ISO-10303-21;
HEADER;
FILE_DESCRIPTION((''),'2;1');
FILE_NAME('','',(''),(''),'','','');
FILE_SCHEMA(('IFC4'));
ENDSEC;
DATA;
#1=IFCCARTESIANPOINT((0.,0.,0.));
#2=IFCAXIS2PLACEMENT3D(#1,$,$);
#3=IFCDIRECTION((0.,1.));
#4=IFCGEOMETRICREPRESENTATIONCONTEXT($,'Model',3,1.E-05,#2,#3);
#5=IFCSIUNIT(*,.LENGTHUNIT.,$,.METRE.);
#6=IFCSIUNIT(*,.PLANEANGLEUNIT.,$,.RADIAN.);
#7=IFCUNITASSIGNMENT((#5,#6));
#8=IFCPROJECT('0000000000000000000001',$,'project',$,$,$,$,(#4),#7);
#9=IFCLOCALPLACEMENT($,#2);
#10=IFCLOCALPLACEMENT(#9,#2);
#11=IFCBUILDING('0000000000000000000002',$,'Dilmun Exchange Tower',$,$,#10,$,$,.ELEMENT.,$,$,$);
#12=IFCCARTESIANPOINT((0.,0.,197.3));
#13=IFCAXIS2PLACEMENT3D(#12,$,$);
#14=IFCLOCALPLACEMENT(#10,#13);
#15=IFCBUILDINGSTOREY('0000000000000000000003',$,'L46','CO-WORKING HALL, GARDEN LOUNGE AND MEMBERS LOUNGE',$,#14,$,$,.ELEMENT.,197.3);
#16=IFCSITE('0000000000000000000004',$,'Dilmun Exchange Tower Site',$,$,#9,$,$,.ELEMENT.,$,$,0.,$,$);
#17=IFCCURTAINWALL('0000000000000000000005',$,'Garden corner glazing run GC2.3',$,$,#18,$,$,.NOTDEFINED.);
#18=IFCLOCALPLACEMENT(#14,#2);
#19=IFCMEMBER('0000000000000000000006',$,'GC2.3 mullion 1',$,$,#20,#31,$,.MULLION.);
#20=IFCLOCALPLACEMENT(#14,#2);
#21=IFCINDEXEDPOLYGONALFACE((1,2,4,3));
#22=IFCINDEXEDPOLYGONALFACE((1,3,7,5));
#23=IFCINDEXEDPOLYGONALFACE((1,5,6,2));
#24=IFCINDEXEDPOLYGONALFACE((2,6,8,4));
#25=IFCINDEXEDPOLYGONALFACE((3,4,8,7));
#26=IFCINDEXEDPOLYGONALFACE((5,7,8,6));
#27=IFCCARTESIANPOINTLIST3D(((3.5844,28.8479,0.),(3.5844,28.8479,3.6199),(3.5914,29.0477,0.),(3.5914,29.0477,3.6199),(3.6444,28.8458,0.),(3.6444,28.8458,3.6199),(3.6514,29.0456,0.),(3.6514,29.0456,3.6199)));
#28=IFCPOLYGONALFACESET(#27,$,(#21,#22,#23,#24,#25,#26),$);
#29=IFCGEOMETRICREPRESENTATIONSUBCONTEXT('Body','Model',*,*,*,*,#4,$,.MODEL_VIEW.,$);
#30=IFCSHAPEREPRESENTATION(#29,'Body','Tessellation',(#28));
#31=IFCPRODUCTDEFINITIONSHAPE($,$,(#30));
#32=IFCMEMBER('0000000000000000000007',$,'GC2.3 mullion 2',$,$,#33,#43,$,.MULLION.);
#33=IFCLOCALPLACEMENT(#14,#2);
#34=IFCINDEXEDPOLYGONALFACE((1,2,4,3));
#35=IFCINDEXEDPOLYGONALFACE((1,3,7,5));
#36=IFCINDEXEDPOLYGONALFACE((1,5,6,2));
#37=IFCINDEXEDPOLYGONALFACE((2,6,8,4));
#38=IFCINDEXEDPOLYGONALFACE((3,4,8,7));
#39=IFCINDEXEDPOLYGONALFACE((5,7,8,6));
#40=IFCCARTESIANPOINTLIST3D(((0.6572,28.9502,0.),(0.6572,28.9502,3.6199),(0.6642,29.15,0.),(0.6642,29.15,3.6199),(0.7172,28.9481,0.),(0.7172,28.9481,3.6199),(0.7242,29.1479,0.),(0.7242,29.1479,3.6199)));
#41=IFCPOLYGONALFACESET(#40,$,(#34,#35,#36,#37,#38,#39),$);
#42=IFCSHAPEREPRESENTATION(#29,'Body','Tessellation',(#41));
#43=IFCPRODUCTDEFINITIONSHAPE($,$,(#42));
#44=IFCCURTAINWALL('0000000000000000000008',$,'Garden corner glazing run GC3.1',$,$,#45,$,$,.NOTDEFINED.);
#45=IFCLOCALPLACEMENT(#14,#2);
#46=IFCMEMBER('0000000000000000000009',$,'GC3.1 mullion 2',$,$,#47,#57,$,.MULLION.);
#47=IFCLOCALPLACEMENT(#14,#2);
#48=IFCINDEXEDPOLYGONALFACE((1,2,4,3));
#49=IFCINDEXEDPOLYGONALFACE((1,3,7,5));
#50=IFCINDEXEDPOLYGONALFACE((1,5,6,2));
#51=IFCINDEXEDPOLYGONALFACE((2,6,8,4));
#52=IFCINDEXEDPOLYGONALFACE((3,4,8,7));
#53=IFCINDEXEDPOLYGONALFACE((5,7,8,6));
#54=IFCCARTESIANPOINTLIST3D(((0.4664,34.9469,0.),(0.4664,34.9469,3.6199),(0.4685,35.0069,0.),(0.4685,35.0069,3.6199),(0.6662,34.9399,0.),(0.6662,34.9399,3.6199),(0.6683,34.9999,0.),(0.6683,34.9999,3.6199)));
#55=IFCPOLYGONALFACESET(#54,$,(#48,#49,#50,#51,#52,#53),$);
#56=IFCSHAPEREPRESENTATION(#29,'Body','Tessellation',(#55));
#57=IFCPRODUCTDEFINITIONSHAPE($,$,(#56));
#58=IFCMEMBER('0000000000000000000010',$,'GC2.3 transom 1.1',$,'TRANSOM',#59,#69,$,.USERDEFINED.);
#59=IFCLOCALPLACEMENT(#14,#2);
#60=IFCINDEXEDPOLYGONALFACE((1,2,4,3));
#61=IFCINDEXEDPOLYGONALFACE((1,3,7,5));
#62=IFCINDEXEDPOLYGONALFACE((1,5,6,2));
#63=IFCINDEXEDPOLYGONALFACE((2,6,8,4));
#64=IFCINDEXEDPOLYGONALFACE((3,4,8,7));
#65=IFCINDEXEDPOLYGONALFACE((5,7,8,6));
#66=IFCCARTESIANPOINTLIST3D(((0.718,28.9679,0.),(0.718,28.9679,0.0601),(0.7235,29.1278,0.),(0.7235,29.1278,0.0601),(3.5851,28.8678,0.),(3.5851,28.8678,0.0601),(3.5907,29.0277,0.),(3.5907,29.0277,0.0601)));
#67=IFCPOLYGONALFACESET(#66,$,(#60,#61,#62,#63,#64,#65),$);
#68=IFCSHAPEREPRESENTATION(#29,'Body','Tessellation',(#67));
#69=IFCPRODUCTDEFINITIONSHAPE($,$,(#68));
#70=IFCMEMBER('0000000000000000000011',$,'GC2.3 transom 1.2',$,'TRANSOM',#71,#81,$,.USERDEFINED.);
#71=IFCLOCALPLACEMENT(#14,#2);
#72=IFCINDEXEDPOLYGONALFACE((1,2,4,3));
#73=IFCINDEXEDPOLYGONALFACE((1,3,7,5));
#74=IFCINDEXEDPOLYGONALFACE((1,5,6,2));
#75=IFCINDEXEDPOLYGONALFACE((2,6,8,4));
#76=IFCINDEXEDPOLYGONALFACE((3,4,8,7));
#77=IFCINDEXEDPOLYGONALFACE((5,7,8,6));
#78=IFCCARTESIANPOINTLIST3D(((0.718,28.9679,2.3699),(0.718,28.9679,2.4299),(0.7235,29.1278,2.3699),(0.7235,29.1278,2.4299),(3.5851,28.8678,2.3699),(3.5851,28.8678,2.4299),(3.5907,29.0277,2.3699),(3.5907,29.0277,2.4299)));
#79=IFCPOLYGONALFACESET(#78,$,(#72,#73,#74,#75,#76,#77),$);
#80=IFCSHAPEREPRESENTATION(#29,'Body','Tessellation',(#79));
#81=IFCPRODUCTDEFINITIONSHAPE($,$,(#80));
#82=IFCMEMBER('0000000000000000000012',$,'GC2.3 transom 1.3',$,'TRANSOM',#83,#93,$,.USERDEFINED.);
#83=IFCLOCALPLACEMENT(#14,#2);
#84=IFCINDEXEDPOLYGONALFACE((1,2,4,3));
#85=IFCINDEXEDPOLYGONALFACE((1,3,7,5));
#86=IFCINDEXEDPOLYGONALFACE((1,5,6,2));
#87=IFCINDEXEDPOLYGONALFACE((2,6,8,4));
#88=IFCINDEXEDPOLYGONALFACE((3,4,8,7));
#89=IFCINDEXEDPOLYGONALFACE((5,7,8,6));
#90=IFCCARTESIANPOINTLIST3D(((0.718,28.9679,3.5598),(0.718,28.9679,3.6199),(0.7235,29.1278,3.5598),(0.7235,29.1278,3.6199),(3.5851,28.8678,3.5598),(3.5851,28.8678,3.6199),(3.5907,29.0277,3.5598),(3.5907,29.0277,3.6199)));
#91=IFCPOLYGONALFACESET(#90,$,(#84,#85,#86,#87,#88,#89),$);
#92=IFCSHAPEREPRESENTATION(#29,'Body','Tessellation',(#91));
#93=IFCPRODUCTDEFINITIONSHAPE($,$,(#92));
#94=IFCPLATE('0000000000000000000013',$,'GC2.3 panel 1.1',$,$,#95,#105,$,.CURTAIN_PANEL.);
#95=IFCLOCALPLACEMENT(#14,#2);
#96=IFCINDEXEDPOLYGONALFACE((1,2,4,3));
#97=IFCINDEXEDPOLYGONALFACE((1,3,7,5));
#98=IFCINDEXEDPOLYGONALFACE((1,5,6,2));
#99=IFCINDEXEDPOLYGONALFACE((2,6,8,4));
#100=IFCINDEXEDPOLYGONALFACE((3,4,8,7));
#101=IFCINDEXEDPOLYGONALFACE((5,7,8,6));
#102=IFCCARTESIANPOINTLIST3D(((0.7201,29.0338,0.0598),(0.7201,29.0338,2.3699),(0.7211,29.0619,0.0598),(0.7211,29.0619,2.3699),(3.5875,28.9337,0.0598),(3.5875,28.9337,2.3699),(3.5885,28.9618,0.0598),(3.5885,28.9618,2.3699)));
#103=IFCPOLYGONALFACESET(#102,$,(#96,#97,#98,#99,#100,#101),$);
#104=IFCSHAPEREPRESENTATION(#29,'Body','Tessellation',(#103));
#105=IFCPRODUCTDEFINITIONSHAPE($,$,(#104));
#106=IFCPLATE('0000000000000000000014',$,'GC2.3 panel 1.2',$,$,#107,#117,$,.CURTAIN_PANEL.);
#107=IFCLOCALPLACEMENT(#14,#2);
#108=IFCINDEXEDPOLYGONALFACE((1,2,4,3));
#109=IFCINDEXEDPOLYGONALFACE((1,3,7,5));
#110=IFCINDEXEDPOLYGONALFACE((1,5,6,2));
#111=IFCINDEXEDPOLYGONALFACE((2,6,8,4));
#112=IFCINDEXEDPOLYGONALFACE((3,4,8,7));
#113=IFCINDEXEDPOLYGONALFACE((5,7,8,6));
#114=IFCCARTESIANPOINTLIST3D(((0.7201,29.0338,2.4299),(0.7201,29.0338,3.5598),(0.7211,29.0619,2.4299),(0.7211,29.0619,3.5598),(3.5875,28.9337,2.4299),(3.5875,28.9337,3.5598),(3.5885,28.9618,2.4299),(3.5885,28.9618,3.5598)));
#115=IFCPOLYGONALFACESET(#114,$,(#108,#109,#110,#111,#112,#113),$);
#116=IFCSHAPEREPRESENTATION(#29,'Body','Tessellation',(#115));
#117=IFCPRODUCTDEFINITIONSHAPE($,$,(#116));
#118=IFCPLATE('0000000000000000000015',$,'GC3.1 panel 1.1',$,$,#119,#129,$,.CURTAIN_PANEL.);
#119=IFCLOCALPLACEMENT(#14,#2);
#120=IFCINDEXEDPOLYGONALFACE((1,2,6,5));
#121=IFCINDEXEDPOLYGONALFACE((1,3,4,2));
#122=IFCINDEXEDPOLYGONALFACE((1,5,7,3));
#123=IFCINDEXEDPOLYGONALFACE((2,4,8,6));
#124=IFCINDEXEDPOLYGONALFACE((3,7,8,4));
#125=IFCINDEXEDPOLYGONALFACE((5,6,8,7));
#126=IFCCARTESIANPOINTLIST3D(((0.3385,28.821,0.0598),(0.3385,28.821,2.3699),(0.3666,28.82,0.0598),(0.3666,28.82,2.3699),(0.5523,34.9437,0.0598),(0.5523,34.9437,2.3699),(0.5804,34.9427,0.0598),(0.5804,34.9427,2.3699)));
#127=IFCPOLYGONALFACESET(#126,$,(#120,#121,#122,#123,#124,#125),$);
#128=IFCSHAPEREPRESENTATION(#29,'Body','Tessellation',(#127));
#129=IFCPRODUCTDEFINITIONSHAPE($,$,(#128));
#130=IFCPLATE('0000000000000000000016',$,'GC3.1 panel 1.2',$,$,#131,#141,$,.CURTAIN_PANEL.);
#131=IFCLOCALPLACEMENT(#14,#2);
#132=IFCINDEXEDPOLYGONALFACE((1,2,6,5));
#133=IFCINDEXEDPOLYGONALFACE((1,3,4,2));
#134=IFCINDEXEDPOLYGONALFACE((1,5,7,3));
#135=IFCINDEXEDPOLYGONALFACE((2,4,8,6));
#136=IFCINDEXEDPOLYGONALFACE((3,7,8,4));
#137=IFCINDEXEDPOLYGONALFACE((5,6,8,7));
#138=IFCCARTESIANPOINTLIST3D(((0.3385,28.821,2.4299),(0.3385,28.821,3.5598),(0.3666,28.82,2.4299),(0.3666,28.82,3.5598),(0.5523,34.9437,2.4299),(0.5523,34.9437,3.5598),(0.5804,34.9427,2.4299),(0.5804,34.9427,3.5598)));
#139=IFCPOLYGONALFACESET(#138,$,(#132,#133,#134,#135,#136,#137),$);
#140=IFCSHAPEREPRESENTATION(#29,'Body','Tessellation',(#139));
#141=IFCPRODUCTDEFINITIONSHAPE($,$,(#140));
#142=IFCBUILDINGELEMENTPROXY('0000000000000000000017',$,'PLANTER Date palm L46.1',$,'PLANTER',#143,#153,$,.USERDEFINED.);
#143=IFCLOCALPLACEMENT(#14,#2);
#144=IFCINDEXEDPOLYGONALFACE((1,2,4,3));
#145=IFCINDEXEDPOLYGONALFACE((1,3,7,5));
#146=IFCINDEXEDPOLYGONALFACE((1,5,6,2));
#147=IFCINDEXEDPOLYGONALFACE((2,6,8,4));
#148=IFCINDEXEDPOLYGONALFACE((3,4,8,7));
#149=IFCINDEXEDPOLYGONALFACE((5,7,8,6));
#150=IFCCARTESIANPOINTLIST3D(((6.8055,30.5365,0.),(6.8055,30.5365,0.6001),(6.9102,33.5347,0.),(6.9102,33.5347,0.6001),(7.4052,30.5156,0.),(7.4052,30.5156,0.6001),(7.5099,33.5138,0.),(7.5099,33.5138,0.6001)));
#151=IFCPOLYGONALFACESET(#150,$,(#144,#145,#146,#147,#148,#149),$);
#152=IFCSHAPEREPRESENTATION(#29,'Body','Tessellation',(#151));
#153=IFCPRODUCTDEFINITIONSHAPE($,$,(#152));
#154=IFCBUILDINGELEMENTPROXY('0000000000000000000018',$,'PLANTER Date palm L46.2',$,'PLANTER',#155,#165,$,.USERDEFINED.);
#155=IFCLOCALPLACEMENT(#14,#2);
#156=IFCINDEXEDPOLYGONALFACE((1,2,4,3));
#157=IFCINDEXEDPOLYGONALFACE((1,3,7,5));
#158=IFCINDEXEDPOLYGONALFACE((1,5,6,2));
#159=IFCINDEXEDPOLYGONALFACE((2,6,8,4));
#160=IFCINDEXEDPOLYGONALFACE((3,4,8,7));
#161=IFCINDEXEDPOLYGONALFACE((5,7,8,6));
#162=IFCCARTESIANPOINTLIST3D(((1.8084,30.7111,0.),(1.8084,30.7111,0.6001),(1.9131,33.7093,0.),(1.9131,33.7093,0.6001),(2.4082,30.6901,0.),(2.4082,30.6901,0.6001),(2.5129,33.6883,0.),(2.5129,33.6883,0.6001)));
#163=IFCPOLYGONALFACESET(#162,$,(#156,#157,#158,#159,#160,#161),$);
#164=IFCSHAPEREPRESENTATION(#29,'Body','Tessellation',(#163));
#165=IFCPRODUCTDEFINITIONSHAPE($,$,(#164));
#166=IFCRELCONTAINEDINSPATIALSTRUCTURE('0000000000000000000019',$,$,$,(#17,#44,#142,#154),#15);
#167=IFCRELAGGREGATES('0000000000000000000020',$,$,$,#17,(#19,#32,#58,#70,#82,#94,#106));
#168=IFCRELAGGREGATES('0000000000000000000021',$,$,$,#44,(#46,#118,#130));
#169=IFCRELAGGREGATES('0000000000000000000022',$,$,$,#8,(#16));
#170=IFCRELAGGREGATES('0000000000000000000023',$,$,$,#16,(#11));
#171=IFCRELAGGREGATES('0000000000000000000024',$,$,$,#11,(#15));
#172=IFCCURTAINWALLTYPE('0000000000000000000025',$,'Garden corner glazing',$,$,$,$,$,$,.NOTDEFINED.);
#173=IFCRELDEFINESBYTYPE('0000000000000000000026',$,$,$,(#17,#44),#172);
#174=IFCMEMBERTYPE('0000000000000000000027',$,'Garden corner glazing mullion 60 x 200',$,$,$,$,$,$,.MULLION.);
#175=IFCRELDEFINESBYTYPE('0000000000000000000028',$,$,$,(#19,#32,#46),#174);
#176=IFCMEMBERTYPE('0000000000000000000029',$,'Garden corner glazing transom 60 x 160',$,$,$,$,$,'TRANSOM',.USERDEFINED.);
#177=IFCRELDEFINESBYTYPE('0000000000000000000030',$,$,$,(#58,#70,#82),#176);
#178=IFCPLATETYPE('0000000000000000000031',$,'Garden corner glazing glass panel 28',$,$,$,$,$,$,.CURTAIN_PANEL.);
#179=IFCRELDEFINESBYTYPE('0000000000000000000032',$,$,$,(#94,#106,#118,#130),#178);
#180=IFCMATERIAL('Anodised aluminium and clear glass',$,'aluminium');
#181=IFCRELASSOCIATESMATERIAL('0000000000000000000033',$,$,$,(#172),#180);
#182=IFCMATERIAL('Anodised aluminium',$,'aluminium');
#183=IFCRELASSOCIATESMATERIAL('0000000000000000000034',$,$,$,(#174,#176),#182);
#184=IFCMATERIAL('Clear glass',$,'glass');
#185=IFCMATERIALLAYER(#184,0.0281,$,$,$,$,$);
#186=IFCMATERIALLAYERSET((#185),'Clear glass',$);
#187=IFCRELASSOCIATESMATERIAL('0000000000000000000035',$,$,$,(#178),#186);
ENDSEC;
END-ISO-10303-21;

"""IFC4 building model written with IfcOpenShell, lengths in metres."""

from ifc_helpers import new_model, si_unit, direction, frame, origin, origin_2d, place, context, subcontext, project, spatial, rectangle, extrude, material, layer, layer_set, material_profile, profile_set, type_object, element, aggregate, save


model = new_model("IFC4")

# Units and contexts
model_context = context("Model", 3, precision=1e-05, world=origin(), true_north=direction((0.0, 1.0)))
body_context = subcontext(model_context, "Body", "Model", "MODEL_VIEW")
ifc_project = project(units=[si_unit("LENGTHUNIT", "METRE"), si_unit("PLANEANGLEUNIT", "RADIAN")], contexts=[model_context])

# Site, building, storey
site_placement = place(None, origin())
site = spatial("IfcSite", under=ifc_project, at=site_placement, Name="Dilmun Exchange Tower Site", CompositionType="ELEMENT", RefElevation=0.0)
building_placement = place(site_placement, origin())
building = spatial("IfcBuilding", under=site, at=building_placement, Name="Dilmun Exchange Tower", CompositionType="ELEMENT")
storey_placement = place(building_placement, frame((0.0, 0.0, 197.3)))
storey = spatial("IfcBuildingStorey", under=building, at=storey_placement, Name="L46", Description="CO-WORKING HALL, GARDEN LOUNGE AND MEMBERS LOUNGE", CompositionType="ELEMENT", Elevation=197.3)

# Curtain wall, members
ifc_material_1 = material(Name="Anodised aluminium and clear glass", Category="aluminium")
curtain_wall_type = type_object("IfcCurtainWallType", Name="Garden corner glazing", PredefinedType="NOTDEFINED", material=ifc_material_1)
curtain_wall_1_placement = place(storey_placement, origin())
curtain_wall_1 = element("IfcCurtainWall", 1, at=curtain_wall_1_placement, inside=storey, type_object=curtain_wall_type, Name="Garden corner glazing run GC2.3", PredefinedType="NOTDEFINED")
ifc_material_2 = material(Name="Anodised aluminium", Category="aluminium")
ifc_material_profile_1 = material_profile(ifc_material_2, rectangle(XDim=0.2, YDim=0.0601, at=origin_2d()), Name="AL 60x200")
ifc_profile_set_1 = profile_set([ifc_material_profile_1], Name="Anodised aluminium")
member_type_1 = type_object("IfcMemberType", Name="Garden corner glazing mullion 60 x 200", PredefinedType="MULLION", material=ifc_profile_set_1)
member_1_placement = place(storey_placement, frame((3.6179, 28.9468, 0.0), z_axis=(0.0, 0.0, 1.0), x_axis=(-0.034894, -0.999391, 0.0)))
member_1 = element("IfcMember", 2, at=member_1_placement, type_object=member_type_1, Name="GC2.3 mullion 1", PredefinedType="MULLION", context=body_context, shape_type="SweptSolid", body=[
    extrude(rectangle(XDim=0.2, YDim=0.0601, at=origin_2d()), origin(), (0.0, 0.0, 1.0), 3.6199),
])
member_2_placement = place(storey_placement, frame((0.6907, 29.0491, 0.0), z_axis=(0.0, 0.0, 1.0), x_axis=(-0.034894, -0.999391, 0.0)))
member_2 = element("IfcMember", 3, at=member_2_placement, type_object=member_type_1, Name="GC2.3 mullion 2", PredefinedType="MULLION", context=body_context, shape_type="SweptSolid", body=[
    extrude(rectangle(XDim=0.2, YDim=0.0601, at=origin_2d()), origin(), (0.0, 0.0, 1.0), 3.6199),
])

# Curtain wall, member
curtain_wall_2_placement = place(storey_placement, origin())
curtain_wall_2 = element("IfcCurtainWall", 4, at=curtain_wall_2_placement, inside=storey, type_object=curtain_wall_type, Name="Garden corner glazing run GC3.1", PredefinedType="NOTDEFINED")
member_3_placement = place(storey_placement, frame((0.5674, 34.9734, 0.0), z_axis=(0.0, 0.0, 1.0), x_axis=(-0.999391, 0.0349, 0.0)))
member_3 = element("IfcMember", 5, at=member_3_placement, type_object=member_type_1, Name="GC3.1 mullion 2", PredefinedType="MULLION", context=body_context, shape_type="SweptSolid", body=[
    extrude(rectangle(XDim=0.2, YDim=0.0601, at=origin_2d()), origin(), (0.0, 0.0, 1.0), 3.6199),
])

# Members
ifc_material_profile_2 = material_profile(ifc_material_2, rectangle(XDim=0.1599, YDim=0.0601, at=origin_2d()), Name="AL 60x160")
ifc_profile_set_2 = profile_set([ifc_material_profile_2], Name="Anodised aluminium")
member_type_2 = type_object("IfcMemberType", Name="Garden corner glazing transom 60 x 160", ElementType="TRANSOM", PredefinedType="USERDEFINED", material=ifc_profile_set_2)
member_4_placement = place(storey_placement, frame((3.5879, 28.9478, 0.03), z_axis=(-0.999391, 0.03489, 0.0), x_axis=(-0.03489, -0.999391, 0.0)))
member_4 = element("IfcMember", 6, at=member_4_placement, type_object=member_type_2, Name="GC2.3 transom 1.1", ObjectType="TRANSOM", PredefinedType="USERDEFINED", context=body_context, shape_type="SweptSolid", body=[
    extrude(rectangle(XDim=0.1599, YDim=0.0601, at=origin_2d()), origin(), (0.0, 0.0, 1.0), 2.8689),
])
member_5_placement = place(storey_placement, frame((3.5879, 28.9478, 2.3999), z_axis=(-0.999391, 0.03489, 0.0), x_axis=(-0.03489, -0.999391, 0.0)))
member_5 = element("IfcMember", 7, at=member_5_placement, type_object=member_type_2, Name="GC2.3 transom 1.2", ObjectType="TRANSOM", PredefinedType="USERDEFINED", context=body_context, shape_type="SweptSolid", body=[
    extrude(rectangle(XDim=0.1599, YDim=0.0601, at=origin_2d()), origin(), (0.0, 0.0, 1.0), 2.8689),
])
member_6_placement = place(storey_placement, frame((3.5879, 28.9478, 3.5898), z_axis=(-0.999391, 0.03489, 0.0), x_axis=(-0.03489, -0.999391, 0.0)))
member_6 = element("IfcMember", 8, at=member_6_placement, type_object=member_type_2, Name="GC2.3 transom 1.3", ObjectType="TRANSOM", PredefinedType="USERDEFINED", context=body_context, shape_type="SweptSolid", body=[
    extrude(rectangle(XDim=0.1599, YDim=0.0601, at=origin_2d()), origin(), (0.0, 0.0, 1.0), 2.8689),
])

# Plates
ifc_material_3 = material(Name="Clear glass", Category="glass")
ifc_layer_1 = layer(ifc_material_3, 0.0281)
ifc_layer_set_1 = layer_set([ifc_layer_1], Name="Clear glass")
plate_type = type_object("IfcPlateType", Name="Garden corner glazing glass panel 28", PredefinedType="CURTAIN_PANEL", material=ifc_layer_set_1)
plate_1_placement = place(storey_placement, frame((2.1543, 28.9978, 0.0598), z_axis=(0.0, 0.0, 1.0), x_axis=(-0.999391, 0.034894, 0.0)))
plate_1 = element("IfcPlate", 9, at=plate_1_placement, type_object=plate_type, Name="GC2.3 panel 1.1", PredefinedType="CURTAIN_PANEL", context=body_context, shape_type="SweptSolid", body=[
    extrude(rectangle(XDim=2.8691, YDim=0.0281, at=origin_2d()), origin(), (0.0, 0.0, 1.0), 2.3101),
])
plate_2_placement = place(storey_placement, frame((2.1543, 28.9978, 2.4299), z_axis=(0.0, 0.0, 1.0), x_axis=(-0.999391, 0.034894, 0.0)))
plate_2 = element("IfcPlate", 10, at=plate_2_placement, type_object=plate_type, Name="GC2.3 panel 1.2", PredefinedType="CURTAIN_PANEL", context=body_context, shape_type="SweptSolid", body=[
    extrude(rectangle(XDim=2.8691, YDim=0.0281, at=origin_2d()), origin(), (0.0, 0.0, 1.0), 1.1299),
])
aggregate(curtain_wall_1, [member_1, member_2, member_4, member_5, member_6, plate_1, plate_2])
plate_3_placement = place(storey_placement, frame((0.4595, 31.8818, 0.0598), z_axis=(0.0, 0.0, 1.0), x_axis=(0.0349, 0.999391, 0.0)))
plate_3 = element("IfcPlate", 11, at=plate_3_placement, type_object=plate_type, Name="GC3.1 panel 1.1", PredefinedType="CURTAIN_PANEL", context=body_context, shape_type="SweptSolid", body=[
    extrude(rectangle(XDim=6.1265, YDim=0.0281, at=origin_2d()), origin(), (0.0, 0.0, 1.0), 2.3101),
])
plate_4_placement = place(storey_placement, frame((0.4595, 31.8818, 2.4299), z_axis=(0.0, 0.0, 1.0), x_axis=(0.0349, 0.999391, 0.0)))
plate_4 = element("IfcPlate", 12, at=plate_4_placement, type_object=plate_type, Name="GC3.1 panel 1.2", PredefinedType="CURTAIN_PANEL", context=body_context, shape_type="SweptSolid", body=[
    extrude(rectangle(XDim=6.1265, YDim=0.0281, at=origin_2d()), origin(), (0.0, 0.0, 1.0), 1.1299),
])
aggregate(curtain_wall_2, [member_3, plate_3, plate_4])

# Building element proxies
for number, where, z_axis, x_axis, name in (
    (13, (7.1577, 32.0251, 0.0), (0.0, 0.0, 1.0), (0.034899, 0.999391, 0.0), "PLANTER Date palm L46.1"),
    (14, (2.1606, 32.1997, 0.0), (0.0, 0.0, 1.0), (0.034899, 0.999391, 0.0), "PLANTER Date palm L46.2"),
):
    element("IfcBuildingElementProxy", number, at=place(storey_placement, frame(where, z_axis=z_axis, x_axis=x_axis)), inside=storey, Name=name, ObjectType="PLANTER", PredefinedType="USERDEFINED", context=body_context, shape_type="SweptSolid", body=[
        extrude(rectangle(XDim=3.0, YDim=0.6001, at=origin_2d()), origin(), (0.0, 0.0, 1.0), 0.6001),
    ])

save(model, "model.ifc")
